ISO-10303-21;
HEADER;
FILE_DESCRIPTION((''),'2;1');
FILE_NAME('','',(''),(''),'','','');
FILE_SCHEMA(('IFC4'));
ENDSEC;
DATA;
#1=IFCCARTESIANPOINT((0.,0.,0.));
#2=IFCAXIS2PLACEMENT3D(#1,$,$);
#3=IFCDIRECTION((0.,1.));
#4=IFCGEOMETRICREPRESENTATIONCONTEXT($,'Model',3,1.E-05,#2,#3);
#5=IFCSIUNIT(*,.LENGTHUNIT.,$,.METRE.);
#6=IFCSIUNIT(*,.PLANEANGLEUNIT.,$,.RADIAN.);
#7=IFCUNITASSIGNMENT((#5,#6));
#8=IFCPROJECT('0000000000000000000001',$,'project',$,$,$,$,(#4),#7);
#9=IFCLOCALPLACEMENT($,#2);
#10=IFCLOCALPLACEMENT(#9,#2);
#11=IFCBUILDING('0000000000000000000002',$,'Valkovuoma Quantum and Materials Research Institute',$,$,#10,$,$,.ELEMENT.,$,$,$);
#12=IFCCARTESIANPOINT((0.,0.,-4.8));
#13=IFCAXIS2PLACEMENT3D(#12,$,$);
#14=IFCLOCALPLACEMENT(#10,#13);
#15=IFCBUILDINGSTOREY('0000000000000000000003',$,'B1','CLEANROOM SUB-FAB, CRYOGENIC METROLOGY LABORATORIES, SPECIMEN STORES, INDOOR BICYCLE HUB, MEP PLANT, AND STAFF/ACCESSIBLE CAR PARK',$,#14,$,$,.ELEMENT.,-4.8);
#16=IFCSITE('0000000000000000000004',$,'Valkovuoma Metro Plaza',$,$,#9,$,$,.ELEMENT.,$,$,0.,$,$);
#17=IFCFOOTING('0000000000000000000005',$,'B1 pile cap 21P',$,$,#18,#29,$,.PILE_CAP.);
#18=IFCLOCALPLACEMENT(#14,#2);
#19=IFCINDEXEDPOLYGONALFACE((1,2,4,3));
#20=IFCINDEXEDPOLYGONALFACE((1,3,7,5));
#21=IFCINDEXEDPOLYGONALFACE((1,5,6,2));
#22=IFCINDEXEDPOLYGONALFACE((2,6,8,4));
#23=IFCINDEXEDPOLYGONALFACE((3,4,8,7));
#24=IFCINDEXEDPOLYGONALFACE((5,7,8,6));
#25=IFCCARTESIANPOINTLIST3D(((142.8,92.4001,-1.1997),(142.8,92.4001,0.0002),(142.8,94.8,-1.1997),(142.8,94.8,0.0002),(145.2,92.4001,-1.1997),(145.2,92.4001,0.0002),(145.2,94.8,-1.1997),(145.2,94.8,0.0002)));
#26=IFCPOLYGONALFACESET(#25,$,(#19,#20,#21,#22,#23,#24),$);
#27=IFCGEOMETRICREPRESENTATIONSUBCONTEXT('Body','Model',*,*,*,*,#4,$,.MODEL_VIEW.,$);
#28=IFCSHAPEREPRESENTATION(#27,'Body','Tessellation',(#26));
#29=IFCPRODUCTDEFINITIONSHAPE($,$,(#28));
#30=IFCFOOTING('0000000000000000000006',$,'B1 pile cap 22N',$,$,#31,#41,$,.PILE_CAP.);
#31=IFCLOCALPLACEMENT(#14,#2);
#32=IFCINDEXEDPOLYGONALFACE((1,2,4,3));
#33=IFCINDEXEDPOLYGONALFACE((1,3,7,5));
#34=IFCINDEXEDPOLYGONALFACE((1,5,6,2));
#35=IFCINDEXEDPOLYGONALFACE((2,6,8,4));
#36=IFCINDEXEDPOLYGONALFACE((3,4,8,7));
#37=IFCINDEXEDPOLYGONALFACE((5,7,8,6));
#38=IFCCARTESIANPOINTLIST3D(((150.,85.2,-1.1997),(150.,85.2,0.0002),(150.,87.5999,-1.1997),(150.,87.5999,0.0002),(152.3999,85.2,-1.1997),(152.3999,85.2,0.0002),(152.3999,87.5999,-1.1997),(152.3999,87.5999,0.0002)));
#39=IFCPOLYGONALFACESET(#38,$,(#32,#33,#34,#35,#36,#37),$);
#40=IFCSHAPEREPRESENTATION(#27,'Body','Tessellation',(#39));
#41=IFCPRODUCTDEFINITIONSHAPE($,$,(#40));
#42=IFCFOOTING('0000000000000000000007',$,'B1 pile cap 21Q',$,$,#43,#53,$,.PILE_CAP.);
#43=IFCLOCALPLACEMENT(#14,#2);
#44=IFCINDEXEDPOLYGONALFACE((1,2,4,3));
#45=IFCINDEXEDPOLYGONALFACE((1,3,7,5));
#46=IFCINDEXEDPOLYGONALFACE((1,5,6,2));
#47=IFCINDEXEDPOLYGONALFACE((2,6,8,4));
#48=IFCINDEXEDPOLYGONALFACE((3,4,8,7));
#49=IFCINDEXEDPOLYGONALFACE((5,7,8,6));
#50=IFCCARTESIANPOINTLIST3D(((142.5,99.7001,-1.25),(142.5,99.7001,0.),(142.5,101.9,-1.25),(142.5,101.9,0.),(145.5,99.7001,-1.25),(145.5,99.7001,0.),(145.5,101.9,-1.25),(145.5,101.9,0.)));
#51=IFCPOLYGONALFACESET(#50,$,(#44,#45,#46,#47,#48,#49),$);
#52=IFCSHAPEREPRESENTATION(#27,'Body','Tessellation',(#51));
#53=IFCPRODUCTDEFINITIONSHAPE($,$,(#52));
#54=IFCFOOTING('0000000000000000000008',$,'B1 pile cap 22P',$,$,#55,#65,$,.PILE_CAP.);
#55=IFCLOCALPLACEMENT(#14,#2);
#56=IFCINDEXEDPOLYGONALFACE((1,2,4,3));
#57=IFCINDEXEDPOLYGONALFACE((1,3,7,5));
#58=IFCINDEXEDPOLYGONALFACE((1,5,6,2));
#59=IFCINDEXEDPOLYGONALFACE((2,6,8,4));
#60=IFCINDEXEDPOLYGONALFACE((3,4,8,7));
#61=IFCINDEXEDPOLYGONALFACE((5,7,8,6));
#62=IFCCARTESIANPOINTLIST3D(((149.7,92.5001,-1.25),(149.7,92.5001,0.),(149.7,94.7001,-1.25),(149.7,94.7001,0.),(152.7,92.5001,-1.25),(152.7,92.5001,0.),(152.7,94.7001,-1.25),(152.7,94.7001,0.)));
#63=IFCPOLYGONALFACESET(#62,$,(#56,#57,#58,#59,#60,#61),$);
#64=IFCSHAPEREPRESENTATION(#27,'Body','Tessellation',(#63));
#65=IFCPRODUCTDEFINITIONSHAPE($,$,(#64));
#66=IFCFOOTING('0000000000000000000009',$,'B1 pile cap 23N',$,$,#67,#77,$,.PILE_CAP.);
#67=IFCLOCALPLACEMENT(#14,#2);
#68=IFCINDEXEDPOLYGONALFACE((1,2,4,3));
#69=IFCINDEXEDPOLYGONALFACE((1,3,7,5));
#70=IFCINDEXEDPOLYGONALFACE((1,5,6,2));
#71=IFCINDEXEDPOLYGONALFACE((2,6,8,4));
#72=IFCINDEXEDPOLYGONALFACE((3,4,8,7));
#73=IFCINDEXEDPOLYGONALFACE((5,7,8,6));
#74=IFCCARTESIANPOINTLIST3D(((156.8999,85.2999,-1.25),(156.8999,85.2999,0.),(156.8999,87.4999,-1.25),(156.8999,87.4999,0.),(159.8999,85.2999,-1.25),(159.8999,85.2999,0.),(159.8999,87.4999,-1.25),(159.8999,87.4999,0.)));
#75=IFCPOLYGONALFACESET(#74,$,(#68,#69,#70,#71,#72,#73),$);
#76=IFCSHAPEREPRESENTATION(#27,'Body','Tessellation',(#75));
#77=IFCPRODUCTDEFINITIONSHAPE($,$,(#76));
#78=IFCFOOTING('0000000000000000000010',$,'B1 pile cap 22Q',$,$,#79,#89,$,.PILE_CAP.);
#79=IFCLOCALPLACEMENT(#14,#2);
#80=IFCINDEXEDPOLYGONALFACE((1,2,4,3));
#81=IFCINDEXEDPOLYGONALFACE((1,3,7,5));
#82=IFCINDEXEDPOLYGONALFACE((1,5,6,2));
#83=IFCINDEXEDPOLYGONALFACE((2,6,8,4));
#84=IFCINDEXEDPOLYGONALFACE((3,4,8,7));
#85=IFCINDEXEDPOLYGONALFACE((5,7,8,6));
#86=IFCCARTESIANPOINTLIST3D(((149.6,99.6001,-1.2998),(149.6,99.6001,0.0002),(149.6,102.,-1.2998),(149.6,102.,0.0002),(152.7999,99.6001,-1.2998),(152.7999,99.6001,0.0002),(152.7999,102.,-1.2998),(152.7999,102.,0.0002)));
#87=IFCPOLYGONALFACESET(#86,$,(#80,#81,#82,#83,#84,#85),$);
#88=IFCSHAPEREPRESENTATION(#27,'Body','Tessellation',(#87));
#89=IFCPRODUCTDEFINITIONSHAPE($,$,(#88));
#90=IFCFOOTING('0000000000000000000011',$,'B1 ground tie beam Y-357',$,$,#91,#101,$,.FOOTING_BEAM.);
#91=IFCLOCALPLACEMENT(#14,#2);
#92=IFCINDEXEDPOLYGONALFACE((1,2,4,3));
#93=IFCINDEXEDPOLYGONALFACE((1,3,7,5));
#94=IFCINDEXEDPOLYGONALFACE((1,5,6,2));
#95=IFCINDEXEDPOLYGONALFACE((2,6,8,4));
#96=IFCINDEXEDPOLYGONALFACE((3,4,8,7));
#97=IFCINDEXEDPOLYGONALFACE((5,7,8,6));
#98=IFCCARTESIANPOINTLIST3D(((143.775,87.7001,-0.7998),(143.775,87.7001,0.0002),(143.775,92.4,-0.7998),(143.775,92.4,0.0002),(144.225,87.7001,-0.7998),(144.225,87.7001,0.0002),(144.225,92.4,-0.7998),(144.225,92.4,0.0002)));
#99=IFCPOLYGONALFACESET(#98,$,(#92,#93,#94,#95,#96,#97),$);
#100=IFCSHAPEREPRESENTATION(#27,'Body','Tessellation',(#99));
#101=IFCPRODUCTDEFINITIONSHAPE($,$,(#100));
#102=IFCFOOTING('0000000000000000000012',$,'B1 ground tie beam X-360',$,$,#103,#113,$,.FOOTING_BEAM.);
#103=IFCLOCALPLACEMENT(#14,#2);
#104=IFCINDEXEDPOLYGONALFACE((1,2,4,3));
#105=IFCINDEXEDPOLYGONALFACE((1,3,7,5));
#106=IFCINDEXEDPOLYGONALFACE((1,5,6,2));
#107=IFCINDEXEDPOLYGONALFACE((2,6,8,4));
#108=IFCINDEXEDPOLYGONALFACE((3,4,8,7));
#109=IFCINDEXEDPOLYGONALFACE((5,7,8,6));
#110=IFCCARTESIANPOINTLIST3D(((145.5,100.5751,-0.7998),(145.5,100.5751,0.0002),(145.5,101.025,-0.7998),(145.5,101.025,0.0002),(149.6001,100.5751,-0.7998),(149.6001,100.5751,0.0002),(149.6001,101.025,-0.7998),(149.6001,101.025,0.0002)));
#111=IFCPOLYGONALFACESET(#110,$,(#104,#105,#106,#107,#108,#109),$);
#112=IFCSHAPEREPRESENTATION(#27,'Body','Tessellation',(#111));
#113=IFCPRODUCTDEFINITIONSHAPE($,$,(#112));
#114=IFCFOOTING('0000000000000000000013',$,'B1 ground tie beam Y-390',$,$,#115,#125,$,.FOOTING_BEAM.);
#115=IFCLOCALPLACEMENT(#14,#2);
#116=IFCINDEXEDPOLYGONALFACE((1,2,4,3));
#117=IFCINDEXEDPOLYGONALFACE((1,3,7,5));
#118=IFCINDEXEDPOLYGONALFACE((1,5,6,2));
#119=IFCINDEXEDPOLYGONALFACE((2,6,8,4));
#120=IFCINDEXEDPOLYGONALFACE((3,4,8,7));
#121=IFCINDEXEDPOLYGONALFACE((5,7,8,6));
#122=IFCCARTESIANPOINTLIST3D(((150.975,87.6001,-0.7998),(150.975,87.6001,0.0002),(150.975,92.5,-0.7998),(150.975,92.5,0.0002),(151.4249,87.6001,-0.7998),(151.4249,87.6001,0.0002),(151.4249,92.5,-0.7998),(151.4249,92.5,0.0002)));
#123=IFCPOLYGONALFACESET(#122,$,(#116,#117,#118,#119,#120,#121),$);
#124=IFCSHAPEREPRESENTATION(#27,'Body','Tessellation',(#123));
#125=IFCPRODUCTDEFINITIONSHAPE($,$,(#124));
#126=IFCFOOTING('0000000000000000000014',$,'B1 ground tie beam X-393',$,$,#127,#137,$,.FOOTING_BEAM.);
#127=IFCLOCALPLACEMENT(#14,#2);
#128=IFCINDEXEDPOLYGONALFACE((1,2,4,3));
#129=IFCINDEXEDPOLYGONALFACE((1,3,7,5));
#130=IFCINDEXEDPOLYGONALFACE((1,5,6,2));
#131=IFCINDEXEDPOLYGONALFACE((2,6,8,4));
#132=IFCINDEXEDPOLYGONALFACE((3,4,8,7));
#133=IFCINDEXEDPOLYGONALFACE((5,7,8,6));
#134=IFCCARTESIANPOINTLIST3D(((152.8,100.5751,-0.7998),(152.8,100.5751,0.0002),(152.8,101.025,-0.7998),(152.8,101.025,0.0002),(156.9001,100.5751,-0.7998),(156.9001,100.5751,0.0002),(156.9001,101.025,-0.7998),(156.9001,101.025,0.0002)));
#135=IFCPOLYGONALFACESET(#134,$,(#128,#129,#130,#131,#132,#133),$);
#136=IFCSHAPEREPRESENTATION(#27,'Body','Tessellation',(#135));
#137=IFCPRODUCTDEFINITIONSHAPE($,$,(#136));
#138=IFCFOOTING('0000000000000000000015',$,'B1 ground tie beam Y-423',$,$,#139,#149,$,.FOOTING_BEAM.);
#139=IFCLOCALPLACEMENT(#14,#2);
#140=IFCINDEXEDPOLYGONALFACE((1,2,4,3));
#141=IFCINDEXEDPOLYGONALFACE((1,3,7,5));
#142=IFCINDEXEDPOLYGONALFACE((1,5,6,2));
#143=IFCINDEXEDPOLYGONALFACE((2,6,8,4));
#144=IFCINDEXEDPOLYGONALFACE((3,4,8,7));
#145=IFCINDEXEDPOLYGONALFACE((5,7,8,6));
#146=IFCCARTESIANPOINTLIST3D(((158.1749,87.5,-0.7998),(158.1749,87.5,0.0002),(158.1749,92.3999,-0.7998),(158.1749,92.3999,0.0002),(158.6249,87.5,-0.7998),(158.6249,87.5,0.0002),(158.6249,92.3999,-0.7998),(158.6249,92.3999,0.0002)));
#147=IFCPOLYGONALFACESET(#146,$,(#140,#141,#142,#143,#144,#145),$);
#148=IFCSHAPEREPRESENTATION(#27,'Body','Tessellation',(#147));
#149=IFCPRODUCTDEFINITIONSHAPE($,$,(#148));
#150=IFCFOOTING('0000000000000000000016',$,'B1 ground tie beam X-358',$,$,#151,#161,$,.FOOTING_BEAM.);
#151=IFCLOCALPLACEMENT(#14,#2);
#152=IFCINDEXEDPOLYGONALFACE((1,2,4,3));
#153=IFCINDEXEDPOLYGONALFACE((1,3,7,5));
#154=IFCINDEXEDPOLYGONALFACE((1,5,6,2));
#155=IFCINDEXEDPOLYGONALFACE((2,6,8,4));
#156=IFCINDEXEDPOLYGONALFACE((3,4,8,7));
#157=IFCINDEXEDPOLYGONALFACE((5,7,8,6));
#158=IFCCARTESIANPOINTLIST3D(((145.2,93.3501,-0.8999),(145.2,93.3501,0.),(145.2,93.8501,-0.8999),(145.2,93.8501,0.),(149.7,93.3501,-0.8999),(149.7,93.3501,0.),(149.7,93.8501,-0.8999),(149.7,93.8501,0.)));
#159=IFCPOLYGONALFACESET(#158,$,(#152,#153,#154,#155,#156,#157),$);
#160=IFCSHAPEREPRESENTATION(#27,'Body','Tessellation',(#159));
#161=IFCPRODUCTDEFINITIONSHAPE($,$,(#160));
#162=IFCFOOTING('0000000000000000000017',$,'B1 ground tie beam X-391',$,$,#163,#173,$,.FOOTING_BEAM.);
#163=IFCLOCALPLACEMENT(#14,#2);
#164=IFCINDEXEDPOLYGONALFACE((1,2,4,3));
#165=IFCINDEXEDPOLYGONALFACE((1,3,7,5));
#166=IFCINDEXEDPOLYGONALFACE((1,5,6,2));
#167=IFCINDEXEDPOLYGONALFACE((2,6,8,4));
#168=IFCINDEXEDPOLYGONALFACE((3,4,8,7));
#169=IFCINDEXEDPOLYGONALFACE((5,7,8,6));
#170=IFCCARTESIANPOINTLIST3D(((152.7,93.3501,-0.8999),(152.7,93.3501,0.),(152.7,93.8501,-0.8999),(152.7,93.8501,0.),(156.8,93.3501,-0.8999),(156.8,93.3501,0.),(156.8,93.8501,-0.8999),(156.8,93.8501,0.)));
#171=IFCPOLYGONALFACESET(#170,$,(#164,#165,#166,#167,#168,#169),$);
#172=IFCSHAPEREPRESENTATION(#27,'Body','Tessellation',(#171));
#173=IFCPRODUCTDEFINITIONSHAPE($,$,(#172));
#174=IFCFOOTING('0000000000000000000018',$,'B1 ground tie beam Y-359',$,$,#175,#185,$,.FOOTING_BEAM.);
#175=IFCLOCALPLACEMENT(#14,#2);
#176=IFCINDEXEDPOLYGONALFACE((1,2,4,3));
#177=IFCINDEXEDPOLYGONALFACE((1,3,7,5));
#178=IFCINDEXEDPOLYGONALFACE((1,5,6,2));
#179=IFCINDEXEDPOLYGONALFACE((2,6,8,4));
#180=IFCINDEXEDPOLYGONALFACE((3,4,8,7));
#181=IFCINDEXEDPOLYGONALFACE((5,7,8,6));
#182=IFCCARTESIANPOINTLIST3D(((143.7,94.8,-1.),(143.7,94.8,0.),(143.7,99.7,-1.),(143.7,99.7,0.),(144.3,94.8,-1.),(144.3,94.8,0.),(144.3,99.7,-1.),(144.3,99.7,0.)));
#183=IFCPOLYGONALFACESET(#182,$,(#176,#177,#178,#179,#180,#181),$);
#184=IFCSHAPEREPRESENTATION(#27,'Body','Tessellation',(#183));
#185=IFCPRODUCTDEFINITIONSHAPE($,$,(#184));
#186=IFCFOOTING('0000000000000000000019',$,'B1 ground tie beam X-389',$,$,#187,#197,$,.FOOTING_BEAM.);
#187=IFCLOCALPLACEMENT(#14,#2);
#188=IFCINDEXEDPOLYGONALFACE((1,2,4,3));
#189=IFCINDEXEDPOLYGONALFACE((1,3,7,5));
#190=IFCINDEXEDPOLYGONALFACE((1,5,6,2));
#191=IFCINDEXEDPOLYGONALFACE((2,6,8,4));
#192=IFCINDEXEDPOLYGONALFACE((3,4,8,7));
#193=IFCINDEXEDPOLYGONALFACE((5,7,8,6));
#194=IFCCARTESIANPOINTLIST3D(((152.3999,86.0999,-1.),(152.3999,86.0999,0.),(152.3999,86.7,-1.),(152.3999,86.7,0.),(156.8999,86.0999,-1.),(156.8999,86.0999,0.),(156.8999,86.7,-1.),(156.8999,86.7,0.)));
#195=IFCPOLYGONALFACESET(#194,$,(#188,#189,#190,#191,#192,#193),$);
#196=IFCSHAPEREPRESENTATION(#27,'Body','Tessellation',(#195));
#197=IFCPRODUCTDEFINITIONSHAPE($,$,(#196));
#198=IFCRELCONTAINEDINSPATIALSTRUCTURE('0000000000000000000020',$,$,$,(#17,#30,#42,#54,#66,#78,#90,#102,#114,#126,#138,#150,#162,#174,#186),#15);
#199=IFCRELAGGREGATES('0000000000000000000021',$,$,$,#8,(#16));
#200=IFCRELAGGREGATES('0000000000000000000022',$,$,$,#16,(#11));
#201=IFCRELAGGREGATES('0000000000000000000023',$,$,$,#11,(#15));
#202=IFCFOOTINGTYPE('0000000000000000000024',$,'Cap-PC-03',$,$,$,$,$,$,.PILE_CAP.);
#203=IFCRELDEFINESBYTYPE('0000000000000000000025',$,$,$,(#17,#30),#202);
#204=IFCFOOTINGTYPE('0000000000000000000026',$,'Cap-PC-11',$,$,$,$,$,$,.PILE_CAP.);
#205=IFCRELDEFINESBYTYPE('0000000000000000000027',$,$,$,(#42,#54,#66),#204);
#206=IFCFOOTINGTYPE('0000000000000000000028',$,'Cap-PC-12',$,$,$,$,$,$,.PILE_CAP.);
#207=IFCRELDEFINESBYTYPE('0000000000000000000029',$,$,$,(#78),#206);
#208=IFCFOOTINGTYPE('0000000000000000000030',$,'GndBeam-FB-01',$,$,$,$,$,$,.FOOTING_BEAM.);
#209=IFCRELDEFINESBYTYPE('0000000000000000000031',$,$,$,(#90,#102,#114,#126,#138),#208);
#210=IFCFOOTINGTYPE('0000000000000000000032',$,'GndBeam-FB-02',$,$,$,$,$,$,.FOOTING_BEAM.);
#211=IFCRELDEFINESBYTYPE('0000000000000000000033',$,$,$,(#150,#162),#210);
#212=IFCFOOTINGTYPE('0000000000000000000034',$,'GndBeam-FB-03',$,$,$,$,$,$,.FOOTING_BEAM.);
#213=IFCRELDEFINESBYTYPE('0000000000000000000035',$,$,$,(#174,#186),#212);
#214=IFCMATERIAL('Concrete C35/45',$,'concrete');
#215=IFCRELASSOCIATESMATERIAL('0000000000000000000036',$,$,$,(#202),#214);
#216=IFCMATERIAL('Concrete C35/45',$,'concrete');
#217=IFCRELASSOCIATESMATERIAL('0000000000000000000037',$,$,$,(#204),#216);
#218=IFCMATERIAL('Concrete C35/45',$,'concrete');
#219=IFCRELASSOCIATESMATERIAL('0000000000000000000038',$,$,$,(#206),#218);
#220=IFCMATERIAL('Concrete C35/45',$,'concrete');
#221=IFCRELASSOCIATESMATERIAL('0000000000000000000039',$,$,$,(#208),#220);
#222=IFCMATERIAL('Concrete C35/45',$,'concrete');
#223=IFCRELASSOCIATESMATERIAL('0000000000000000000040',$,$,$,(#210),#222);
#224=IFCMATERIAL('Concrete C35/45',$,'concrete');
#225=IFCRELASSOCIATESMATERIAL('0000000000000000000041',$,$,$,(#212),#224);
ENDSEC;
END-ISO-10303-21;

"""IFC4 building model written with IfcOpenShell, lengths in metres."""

from ifc_helpers import new_model, si_unit, direction, frame, origin, origin_2d, place, context, subcontext, project, spatial, rectangle, extrude, material, type_object, element, save


model = new_model("IFC4")

# Units and contexts
model_context = context("Model", 3, precision=1e-05, world=origin(), true_north=direction((0.0, 1.0)))
body_context = subcontext(model_context, "Body", "Model", "MODEL_VIEW")
ifc_project = project(units=[si_unit("LENGTHUNIT", "METRE"), si_unit("PLANEANGLEUNIT", "RADIAN")], contexts=[model_context])

# Site, building, storey
site_placement = place(None, origin())
site = spatial("IfcSite", under=ifc_project, at=site_placement, Name="Valkovuoma Metro Plaza", CompositionType="ELEMENT", RefElevation=0.0)
building_placement = place(site_placement, origin())
building = spatial("IfcBuilding", under=site, at=building_placement, Name="Valkovuoma Quantum and Materials Research Institute", CompositionType="ELEMENT")
storey_placement = place(building_placement, frame((0.0, 0.0, -4.8)))
storey = spatial("IfcBuildingStorey", under=building, at=storey_placement, Name="B1", Description="CLEANROOM SUB-FAB, CRYOGENIC METROLOGY LABORATORIES, SPECIMEN STORES, INDOOR BICYCLE HUB, MEP PLANT, AND STAFF/ACCESSIBLE CAR PARK", CompositionType="ELEMENT", Elevation=-4.8)

# Footings
ifc_material_1 = material(Name="Concrete C35/45", Category="concrete")
footing_type_1 = type_object("IfcFootingType", Name="Cap-PC-03", PredefinedType="PILE_CAP", material=ifc_material_1)
for number, where, z_axis, x_axis, name in (
    (1, (144.0, 93.6001, -1.1997), (0.0, 0.0, 1.0), (1.0, 0.0, 0.0), "B1 pile cap 21P"),
    (2, (151.2, 86.3999, -1.1997), (0.0, 0.0, 1.0), (1.0, 0.0, 0.0), "B1 pile cap 22N"),
):
    element("IfcFooting", number, at=place(storey_placement, frame(where, z_axis=z_axis, x_axis=x_axis)), inside=storey, type_object=footing_type_1, Name=name, PredefinedType="PILE_CAP", context=body_context, shape_type="SweptSolid", body=[
        extrude(rectangle(XDim=2.3999, YDim=2.3999, at=origin_2d()), origin(), (0.0, 0.0, 1.0), 1.2),
    ])
ifc_material_2 = material(Name="Concrete C35/45", Category="concrete")
footing_type_2 = type_object("IfcFootingType", Name="Cap-PC-11", PredefinedType="PILE_CAP", material=ifc_material_2)
for number, where, z_axis, x_axis, name in (
    (3, (144.0, 100.8, -1.25), (0.0, 0.0, 1.0), (1.0, 0.0, 0.0), "B1 pile cap 21Q"),
    (4, (151.2, 93.6001, -1.25), (0.0, 0.0, 1.0), (1.0, 0.0, 0.0), "B1 pile cap 22P"),
    (5, (158.3999, 86.3999, -1.25), (0.0, 0.0, 1.0), (1.0, 0.0, 0.0), "B1 pile cap 23N"),
):
    element("IfcFooting", number, at=place(storey_placement, frame(where, z_axis=z_axis, x_axis=x_axis)), inside=storey, type_object=footing_type_2, Name=name, PredefinedType="PILE_CAP", context=body_context, shape_type="SweptSolid", body=[
        extrude(rectangle(XDim=3.0, YDim=2.2, at=origin_2d()), origin(), (0.0, 0.0, 1.0), 1.25),
    ])
ifc_material_3 = material(Name="Concrete C35/45", Category="concrete")
footing_type_3 = type_object("IfcFootingType", Name="Cap-PC-12", PredefinedType="PILE_CAP", material=ifc_material_3)
footing_1_placement = place(storey_placement, frame((151.2, 100.8, -1.2998), z_axis=(0.0, 0.0, 1.0), x_axis=(1.0, 0.0, 0.0)))
element("IfcFooting", 6, at=footing_1_placement, inside=storey, type_object=footing_type_3, Name="B1 pile cap 22Q", PredefinedType="PILE_CAP", context=body_context, shape_type="SweptSolid", body=[
    extrude(rectangle(XDim=3.2, YDim=2.3999, at=origin_2d()), origin(), (0.0, 0.0, 1.0), 1.3),
])
ifc_material_4 = material(Name="Concrete C35/45", Category="concrete")
footing_type_4 = type_object("IfcFootingType", Name="GndBeam-FB-01", PredefinedType="FOOTING_BEAM", material=ifc_material_4)
footing_2_placement = place(storey_placement, frame((144.0, 90.05, -0.7998), z_axis=(0.0, 0.0, 1.0), x_axis=(0.0, 1.0, 0.0)))
element("IfcFooting", 7, at=footing_2_placement, inside=storey, type_object=footing_type_4, Name="B1 ground tie beam Y-357", PredefinedType="FOOTING_BEAM", context=body_context, shape_type="SweptSolid", body=[
    extrude(rectangle(XDim=4.7, YDim=0.45, at=origin_2d()), origin(), (0.0, 0.0, 1.0), 0.8),
])
footing_3_placement = place(storey_placement, frame((147.55, 100.8, -0.7998), z_axis=(0.0, 0.0, 1.0), x_axis=(1.0, 0.0, 0.0)))
element("IfcFooting", 8, at=footing_3_placement, inside=storey, type_object=footing_type_4, Name="B1 ground tie beam X-360", PredefinedType="FOOTING_BEAM", context=body_context, shape_type="SweptSolid", body=[
    extrude(rectangle(XDim=4.1001, YDim=0.45, at=origin_2d()), origin(), (0.0, 0.0, 1.0), 0.8),
])
footing_4_placement = place(storey_placement, frame((151.2, 90.05, -0.7998), z_axis=(0.0, 0.0, 1.0), x_axis=(0.0, 1.0, 0.0)))
element("IfcFooting", 9, at=footing_4_placement, inside=storey, type_object=footing_type_4, Name="B1 ground tie beam Y-390", PredefinedType="FOOTING_BEAM", context=body_context, shape_type="SweptSolid", body=[
    extrude(rectangle(XDim=4.8999, YDim=0.45, at=origin_2d()), origin(), (0.0, 0.0, 1.0), 0.8),
])
footing_5_placement = place(storey_placement, frame((154.8501, 100.8, -0.7998), z_axis=(0.0, 0.0, 1.0), x_axis=(1.0, 0.0, 0.0)))
element("IfcFooting", 10, at=footing_5_placement, inside=storey, type_object=footing_type_4, Name="B1 ground tie beam X-393", PredefinedType="FOOTING_BEAM", context=body_context, shape_type="SweptSolid", body=[
    extrude(rectangle(XDim=4.1001, YDim=0.45, at=origin_2d()), origin(), (0.0, 0.0, 1.0), 0.8),
])
footing_6_placement = place(storey_placement, frame((158.3999, 89.95, -0.7998), z_axis=(0.0, 0.0, 1.0), x_axis=(0.0, 1.0, 0.0)))
element("IfcFooting", 11, at=footing_6_placement, inside=storey, type_object=footing_type_4, Name="B1 ground tie beam Y-423", PredefinedType="FOOTING_BEAM", context=body_context, shape_type="SweptSolid", body=[
    extrude(rectangle(XDim=4.8999, YDim=0.45, at=origin_2d()), origin(), (0.0, 0.0, 1.0), 0.8),
])
ifc_material_5 = material(Name="Concrete C35/45", Category="concrete")
footing_type_5 = type_object("IfcFootingType", Name="GndBeam-FB-02", PredefinedType="FOOTING_BEAM", material=ifc_material_5)
footing_7_placement = place(storey_placement, frame((147.45, 93.6001, -0.8999), z_axis=(0.0, 0.0, 1.0), x_axis=(1.0, 0.0, 0.0)))
element("IfcFooting", 12, at=footing_7_placement, inside=storey, type_object=footing_type_5, Name="B1 ground tie beam X-358", PredefinedType="FOOTING_BEAM", context=body_context, shape_type="SweptSolid", body=[
    extrude(rectangle(XDim=4.5, YDim=0.5, at=origin_2d()), origin(), (0.0, 0.0, 1.0), 0.8999),
])
footing_8_placement = place(storey_placement, frame((154.75, 93.6001, -0.8999), z_axis=(0.0, 0.0, 1.0), x_axis=(1.0, 0.0, 0.0)))
element("IfcFooting", 13, at=footing_8_placement, inside=storey, type_object=footing_type_5, Name="B1 ground tie beam X-391", PredefinedType="FOOTING_BEAM", context=body_context, shape_type="SweptSolid", body=[
    extrude(rectangle(XDim=4.1001, YDim=0.5, at=origin_2d()), origin(), (0.0, 0.0, 1.0), 0.8999),
])
ifc_material_6 = material(Name="Concrete C35/45", Category="concrete")
footing_type_6 = type_object("IfcFootingType", Name="GndBeam-FB-03", PredefinedType="FOOTING_BEAM", material=ifc_material_6)
footing_9_placement = place(storey_placement, frame((144.0, 97.25, -1.0), z_axis=(0.0, 0.0, 1.0), x_axis=(0.0, 1.0, 0.0)))
element("IfcFooting", 14, at=footing_9_placement, inside=storey, type_object=footing_type_6, Name="B1 ground tie beam Y-359", PredefinedType="FOOTING_BEAM", context=body_context, shape_type="SweptSolid", body=[
    extrude(rectangle(XDim=4.8999, YDim=0.6001, at=origin_2d()), origin(), (0.0, 0.0, 1.0), 1.0),
])
footing_10_placement = place(storey_placement, frame((154.6499, 86.3999, -1.0), z_axis=(0.0, 0.0, 1.0), x_axis=(1.0, 0.0, 0.0)))
element("IfcFooting", 15, at=footing_10_placement, inside=storey, type_object=footing_type_6, Name="B1 ground tie beam X-389", PredefinedType="FOOTING_BEAM", context=body_context, shape_type="SweptSolid", body=[
    extrude(rectangle(XDim=4.5, YDim=0.6001, at=origin_2d()), origin(), (0.0, 0.0, 1.0), 1.0),
])

save(model, "model.ifc")
